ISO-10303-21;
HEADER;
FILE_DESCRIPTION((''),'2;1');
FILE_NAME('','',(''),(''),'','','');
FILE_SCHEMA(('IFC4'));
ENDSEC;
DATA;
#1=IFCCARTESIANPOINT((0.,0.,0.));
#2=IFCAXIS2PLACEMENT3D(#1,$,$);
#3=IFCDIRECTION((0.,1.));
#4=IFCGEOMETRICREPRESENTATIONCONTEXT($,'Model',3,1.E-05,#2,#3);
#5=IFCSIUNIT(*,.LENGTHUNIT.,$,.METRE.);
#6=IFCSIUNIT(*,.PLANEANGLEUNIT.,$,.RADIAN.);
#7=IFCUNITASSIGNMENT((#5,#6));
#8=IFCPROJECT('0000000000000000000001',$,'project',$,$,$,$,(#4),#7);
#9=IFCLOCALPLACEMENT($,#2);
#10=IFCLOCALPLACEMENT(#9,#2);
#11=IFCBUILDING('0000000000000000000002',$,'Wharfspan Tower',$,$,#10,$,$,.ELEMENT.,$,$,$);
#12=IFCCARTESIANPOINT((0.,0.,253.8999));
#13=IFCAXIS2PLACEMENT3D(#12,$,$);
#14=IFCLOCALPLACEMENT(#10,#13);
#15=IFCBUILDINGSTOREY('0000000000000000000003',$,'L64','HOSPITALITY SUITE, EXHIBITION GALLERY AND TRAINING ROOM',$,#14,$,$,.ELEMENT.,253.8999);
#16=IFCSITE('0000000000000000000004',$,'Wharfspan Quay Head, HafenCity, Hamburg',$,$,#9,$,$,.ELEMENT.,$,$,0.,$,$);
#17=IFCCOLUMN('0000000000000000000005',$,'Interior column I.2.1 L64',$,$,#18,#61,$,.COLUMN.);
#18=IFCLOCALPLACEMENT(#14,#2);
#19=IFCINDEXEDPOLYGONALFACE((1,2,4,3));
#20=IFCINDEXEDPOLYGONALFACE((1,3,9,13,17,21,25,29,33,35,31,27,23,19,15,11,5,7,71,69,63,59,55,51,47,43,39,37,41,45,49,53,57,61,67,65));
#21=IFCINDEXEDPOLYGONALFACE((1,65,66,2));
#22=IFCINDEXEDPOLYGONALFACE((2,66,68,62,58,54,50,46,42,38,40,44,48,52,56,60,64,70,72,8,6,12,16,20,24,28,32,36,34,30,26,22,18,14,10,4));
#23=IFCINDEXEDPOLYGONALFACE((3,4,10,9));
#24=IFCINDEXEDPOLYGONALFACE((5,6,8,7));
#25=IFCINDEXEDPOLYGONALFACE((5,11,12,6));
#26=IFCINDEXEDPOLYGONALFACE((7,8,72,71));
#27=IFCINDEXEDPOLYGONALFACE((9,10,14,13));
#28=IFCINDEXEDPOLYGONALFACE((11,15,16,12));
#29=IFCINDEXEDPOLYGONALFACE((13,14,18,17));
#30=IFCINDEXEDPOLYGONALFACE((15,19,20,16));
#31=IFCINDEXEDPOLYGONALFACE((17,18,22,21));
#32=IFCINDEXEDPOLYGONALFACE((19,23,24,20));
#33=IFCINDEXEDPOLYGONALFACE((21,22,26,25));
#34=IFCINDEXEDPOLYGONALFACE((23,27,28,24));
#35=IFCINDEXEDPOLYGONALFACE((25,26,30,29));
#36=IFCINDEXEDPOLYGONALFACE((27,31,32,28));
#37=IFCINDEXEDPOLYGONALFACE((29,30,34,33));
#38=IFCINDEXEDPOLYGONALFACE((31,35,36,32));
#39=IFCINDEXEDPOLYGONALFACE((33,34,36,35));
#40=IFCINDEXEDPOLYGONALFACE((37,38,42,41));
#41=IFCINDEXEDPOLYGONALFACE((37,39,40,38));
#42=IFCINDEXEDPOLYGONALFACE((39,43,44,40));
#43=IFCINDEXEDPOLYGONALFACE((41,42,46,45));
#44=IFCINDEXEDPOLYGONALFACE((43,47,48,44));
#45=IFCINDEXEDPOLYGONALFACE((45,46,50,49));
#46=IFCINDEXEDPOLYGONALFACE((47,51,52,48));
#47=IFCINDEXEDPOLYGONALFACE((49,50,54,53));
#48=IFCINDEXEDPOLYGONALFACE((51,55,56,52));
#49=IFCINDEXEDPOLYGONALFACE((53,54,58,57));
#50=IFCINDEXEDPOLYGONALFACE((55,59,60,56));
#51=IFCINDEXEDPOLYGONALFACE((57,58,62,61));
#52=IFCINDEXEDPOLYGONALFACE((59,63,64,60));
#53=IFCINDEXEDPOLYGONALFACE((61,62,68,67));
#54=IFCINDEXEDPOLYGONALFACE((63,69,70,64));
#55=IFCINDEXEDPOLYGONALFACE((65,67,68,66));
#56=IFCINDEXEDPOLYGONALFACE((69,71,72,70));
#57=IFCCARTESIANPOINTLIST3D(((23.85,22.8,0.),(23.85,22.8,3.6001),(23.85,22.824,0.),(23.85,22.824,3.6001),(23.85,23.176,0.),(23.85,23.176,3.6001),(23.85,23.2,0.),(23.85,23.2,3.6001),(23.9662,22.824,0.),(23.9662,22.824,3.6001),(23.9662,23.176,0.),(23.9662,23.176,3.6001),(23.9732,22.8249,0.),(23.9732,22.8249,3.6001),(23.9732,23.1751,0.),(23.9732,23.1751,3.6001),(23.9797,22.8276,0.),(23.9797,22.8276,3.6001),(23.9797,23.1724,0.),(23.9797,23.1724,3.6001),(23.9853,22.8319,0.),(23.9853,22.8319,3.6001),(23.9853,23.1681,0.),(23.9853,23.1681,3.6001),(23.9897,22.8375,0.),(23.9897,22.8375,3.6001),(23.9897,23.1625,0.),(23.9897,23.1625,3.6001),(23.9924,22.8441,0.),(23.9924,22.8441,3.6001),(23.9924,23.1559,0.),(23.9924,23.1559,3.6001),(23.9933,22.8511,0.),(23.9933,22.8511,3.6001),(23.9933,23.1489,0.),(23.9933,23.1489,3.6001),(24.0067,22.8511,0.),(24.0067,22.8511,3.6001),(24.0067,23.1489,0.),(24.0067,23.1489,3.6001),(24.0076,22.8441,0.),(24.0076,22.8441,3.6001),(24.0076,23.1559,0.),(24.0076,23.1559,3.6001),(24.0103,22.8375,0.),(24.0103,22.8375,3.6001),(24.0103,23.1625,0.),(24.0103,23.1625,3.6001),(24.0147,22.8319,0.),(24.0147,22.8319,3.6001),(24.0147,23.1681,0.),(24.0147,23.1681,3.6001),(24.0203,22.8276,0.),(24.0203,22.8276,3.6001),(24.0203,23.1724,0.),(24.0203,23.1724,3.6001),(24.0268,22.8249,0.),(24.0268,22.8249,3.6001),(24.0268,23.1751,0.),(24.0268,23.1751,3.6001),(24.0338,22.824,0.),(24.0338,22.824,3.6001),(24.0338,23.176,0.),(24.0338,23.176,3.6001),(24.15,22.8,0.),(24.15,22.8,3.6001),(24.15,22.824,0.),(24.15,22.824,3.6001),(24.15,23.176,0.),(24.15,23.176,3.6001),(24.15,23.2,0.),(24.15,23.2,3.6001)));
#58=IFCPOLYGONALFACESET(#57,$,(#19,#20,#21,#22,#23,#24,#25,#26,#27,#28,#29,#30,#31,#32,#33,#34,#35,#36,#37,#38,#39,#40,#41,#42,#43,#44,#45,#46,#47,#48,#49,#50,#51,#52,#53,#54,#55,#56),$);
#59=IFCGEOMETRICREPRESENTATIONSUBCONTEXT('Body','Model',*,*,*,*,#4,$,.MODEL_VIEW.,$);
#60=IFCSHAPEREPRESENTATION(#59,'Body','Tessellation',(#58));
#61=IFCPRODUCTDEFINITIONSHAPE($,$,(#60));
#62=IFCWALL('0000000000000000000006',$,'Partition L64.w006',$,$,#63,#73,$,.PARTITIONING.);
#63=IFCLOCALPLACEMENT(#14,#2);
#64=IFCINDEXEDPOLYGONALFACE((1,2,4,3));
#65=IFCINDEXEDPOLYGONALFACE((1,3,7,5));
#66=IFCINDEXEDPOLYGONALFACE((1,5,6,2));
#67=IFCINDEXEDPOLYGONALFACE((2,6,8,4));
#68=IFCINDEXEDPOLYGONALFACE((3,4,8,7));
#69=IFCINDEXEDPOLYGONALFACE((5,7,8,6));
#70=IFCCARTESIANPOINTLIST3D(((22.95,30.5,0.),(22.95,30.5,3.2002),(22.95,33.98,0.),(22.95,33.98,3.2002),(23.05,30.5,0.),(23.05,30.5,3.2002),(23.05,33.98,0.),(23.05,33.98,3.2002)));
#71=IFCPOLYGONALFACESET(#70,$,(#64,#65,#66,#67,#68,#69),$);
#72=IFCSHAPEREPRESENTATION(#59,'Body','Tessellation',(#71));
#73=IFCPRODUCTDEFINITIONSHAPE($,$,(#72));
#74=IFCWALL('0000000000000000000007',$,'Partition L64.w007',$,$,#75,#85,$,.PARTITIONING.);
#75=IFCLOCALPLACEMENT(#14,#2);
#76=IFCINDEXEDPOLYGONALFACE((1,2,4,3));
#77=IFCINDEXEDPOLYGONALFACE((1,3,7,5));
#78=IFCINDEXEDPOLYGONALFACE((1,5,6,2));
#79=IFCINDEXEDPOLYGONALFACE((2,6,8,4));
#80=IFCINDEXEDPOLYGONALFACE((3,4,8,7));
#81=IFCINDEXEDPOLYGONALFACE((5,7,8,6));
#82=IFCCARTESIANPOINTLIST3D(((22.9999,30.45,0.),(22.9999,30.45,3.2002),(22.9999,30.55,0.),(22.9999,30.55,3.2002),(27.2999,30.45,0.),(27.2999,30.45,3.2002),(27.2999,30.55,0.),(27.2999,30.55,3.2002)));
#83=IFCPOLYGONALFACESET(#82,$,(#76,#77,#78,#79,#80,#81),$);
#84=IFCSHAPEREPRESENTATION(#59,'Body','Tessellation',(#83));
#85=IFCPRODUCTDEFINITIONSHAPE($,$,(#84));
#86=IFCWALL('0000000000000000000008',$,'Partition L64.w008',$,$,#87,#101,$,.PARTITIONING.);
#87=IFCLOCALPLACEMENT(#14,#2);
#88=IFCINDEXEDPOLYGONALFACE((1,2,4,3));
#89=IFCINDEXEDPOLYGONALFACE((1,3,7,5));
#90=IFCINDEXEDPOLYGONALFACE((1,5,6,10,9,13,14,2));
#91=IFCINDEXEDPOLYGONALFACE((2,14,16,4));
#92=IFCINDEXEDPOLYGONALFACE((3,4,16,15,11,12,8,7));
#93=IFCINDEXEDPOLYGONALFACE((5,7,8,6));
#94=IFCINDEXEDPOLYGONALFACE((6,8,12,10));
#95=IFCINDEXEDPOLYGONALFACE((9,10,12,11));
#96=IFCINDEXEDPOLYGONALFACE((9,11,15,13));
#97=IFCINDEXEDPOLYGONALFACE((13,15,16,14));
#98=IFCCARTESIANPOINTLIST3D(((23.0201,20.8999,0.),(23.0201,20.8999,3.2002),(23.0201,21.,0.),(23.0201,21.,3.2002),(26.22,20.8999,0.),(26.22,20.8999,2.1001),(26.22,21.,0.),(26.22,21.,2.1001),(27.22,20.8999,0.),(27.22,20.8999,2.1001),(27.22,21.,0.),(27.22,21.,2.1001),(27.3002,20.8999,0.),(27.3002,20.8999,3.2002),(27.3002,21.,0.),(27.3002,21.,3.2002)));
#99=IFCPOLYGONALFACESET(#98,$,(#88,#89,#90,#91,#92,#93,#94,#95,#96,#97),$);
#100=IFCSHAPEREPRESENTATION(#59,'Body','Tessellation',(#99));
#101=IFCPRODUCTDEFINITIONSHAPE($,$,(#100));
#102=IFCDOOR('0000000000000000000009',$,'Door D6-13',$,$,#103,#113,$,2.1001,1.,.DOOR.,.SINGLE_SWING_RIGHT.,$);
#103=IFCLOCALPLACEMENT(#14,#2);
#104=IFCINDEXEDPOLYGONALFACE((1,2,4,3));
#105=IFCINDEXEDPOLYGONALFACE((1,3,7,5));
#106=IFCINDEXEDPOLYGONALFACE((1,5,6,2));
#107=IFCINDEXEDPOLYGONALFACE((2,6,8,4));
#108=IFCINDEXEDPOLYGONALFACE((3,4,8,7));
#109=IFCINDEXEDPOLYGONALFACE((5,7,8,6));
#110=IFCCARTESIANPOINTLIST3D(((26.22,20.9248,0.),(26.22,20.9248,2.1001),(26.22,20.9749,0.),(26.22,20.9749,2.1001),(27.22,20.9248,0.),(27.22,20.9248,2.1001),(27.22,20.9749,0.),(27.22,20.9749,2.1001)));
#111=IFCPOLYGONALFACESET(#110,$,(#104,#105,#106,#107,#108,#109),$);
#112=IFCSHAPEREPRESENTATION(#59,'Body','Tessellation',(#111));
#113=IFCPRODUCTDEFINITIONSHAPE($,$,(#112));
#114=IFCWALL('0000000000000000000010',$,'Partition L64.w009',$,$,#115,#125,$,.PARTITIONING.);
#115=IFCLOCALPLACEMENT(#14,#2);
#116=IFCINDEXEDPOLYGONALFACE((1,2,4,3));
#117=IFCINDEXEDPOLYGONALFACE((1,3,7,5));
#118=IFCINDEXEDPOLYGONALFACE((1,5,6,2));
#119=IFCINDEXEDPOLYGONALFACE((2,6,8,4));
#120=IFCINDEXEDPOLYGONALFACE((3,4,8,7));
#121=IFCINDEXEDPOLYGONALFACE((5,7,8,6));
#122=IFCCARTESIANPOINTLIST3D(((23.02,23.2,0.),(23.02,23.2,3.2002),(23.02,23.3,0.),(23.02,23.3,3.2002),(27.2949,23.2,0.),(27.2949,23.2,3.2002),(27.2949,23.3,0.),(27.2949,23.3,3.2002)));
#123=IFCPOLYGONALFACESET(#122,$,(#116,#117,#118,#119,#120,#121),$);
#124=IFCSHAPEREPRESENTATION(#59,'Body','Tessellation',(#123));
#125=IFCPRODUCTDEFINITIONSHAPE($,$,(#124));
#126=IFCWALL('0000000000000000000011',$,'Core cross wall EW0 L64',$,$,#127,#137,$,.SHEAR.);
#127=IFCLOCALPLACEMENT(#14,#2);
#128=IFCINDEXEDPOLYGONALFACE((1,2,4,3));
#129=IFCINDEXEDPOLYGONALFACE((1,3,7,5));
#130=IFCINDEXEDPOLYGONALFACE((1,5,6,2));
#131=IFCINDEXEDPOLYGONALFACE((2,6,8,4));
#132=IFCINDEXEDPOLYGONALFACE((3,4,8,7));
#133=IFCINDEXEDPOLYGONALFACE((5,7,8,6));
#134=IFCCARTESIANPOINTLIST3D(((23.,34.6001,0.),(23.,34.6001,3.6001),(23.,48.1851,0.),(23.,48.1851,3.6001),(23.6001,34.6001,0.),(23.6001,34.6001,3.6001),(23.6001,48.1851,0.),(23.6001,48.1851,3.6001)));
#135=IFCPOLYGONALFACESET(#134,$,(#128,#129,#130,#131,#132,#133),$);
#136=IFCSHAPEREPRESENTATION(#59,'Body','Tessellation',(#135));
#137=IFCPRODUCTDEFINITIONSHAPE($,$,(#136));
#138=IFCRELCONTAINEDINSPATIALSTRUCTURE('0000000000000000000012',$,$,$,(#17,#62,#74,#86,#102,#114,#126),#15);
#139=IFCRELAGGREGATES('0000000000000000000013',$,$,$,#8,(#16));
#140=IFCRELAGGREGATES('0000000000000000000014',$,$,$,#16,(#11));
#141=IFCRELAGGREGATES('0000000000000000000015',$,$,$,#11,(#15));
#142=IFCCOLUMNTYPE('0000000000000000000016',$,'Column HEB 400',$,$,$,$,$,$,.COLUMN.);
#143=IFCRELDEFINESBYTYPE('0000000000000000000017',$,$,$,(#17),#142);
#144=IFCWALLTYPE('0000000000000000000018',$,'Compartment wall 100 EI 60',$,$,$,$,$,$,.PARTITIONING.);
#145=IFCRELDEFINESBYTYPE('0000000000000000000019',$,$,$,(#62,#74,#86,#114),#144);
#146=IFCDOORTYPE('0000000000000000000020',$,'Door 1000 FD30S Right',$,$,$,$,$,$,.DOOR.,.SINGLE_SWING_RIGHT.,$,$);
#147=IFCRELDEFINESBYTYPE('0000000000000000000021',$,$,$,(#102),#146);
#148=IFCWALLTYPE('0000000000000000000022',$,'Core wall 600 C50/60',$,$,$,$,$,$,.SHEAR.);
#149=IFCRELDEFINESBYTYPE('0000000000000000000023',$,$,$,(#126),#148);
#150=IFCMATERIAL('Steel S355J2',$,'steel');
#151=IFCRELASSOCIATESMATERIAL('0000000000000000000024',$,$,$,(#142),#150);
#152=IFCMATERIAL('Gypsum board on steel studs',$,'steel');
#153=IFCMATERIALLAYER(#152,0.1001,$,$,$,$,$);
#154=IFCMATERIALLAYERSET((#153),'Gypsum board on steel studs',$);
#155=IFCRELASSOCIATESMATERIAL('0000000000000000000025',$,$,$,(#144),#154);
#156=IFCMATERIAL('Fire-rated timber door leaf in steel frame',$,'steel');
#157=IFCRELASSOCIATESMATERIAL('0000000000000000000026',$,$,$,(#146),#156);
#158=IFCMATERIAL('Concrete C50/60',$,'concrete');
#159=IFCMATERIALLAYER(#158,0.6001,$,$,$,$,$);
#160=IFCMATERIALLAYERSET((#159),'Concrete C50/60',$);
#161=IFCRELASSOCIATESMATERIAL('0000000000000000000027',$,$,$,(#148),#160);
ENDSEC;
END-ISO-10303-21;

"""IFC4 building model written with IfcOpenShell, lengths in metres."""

from ifc_helpers import new_model, si_unit, direction, frame, frame_2d, origin, origin_2d, place, context, subcontext, project, spatial, rectangle, i_section, extrude, material, layer, layer_set, material_profile, profile_set, type_object, element, fill, save


model = new_model("IFC4")

# Units and contexts
model_context = context("Model", 3, precision=1e-05, world=origin(), true_north=direction((0.0, 1.0)))
body_context = subcontext(model_context, "Body", "Model", "MODEL_VIEW")
ifc_project = project(units=[si_unit("LENGTHUNIT", "METRE"), si_unit("PLANEANGLEUNIT", "RADIAN")], contexts=[model_context])

# Site, building, storey
site_placement = place(None, origin())
site = spatial("IfcSite", under=ifc_project, at=site_placement, Name="Wharfspan Quay Head, HafenCity, Hamburg", CompositionType="ELEMENT", RefElevation=0.0)
building_placement = place(site_placement, origin())
building = spatial("IfcBuilding", under=site, at=building_placement, Name="Wharfspan Tower", CompositionType="ELEMENT")
storey_placement = place(building_placement, frame((0.0, 0.0, 253.8999)))
storey = spatial("IfcBuildingStorey", under=building, at=storey_placement, Name="L64", Description="HOSPITALITY SUITE, EXHIBITION GALLERY AND TRAINING ROOM", CompositionType="ELEMENT", Elevation=253.8999)

# Column
ifc_material_1 = material(Name="Steel S355J2", Category="steel")
ifc_material_profile = material_profile(ifc_material_1, i_section(OverallWidth=0.3, OverallDepth=0.3999, WebThickness=0.0134, FlangeThickness=0.0239, FilletRadius=0.0271, at=origin_2d()))
ifc_profile_set = profile_set([ifc_material_profile], Name="Steel S355J2")
column_type = type_object("IfcColumnType", Name="Column HEB 400", PredefinedType="COLUMN", material=ifc_profile_set)
column_placement = place(storey_placement, frame((24.0, 23.0, 0.0), z_axis=(0.0, 0.0, 1.0), x_axis=(1.0, 0.0, 0.0)))
element("IfcColumn", 1, at=column_placement, inside=storey, type_object=column_type, Name="Interior column I.2.1 L64", PredefinedType="COLUMN", context=body_context, shape_type="SweptSolid", body=[
    extrude(i_section(OverallWidth=0.3, OverallDepth=0.3999, WebThickness=0.0134, FlangeThickness=0.0239, FilletRadius=0.0271, at=origin_2d()), origin(), (0.0, 0.0, 1.0), 3.6001),
])

# Walls
ifc_material_2 = material(Name="Gypsum board on steel studs", Category="steel")
ifc_layer_1 = layer(ifc_material_2, 0.1001)
ifc_layer_set_1 = layer_set([ifc_layer_1], Name="Gypsum board on steel studs")
wall_type_1 = type_object("IfcWallType", Name="Compartment wall 100 EI 60", PredefinedType="PARTITIONING", material=ifc_layer_set_1)
wall_1_placement = place(storey_placement, frame((23.0, 30.5, 0.0), z_axis=(0.0, 0.0, 1.0), x_axis=(0.0, 1.0, 0.0)))
element("IfcWall", 2, at=wall_1_placement, inside=storey, type_object=wall_type_1, Name="Partition L64.w006", PredefinedType="PARTITIONING", context=body_context, shape_type="SweptSolid", body=[
    extrude(rectangle(XDim=3.48, YDim=0.1001, at=frame_2d((1.74, 0.0))), origin(), (0.0, 0.0, 1.0), 3.2002),
])
wall_2_placement = place(storey_placement, frame((23.0, 30.5, 0.0), z_axis=(0.0, 0.0, 1.0), x_axis=(1.0, 0.0, 0.0)))
element("IfcWall", 3, at=wall_2_placement, inside=storey, type_object=wall_type_1, Name="Partition L64.w007", PredefinedType="PARTITIONING", context=body_context, shape_type="SweptSolid", body=[
    extrude(rectangle(XDim=4.3, YDim=0.1001, at=frame_2d((2.1499, 0.0))), origin(), (0.0, 0.0, 1.0), 3.2002),
])

# Wall, opening, door
wall_3_placement = place(storey_placement, frame((23.02, 20.95, 0.0), z_axis=(0.0, 0.0, 1.0), x_axis=(1.0, 0.0, 0.0)))
wall_3 = element("IfcWall", 4, at=wall_3_placement, inside=storey, type_object=wall_type_1, Name="Partition L64.w008", PredefinedType="PARTITIONING", context=body_context, shape_type="SweptSolid", body=[
    extrude(rectangle(XDim=4.28, YDim=0.1001, at=frame_2d((2.1401, 0.0))), origin(), (0.0, 0.0, 1.0), 3.2002),
])
opening_1_placement = place(wall_3_placement, frame((3.2, 0.0, 0.0)))
opening_1 = element("IfcOpeningElement", 5, at=opening_1_placement, cuts=wall_3, PredefinedType="OPENING", context=body_context, shape_type="SweptSolid", body=[
    extrude(rectangle(XDim=1.0, YDim=2.1001, at=frame_2d((0.5, 1.05))), frame((0.0, 0.0601, 0.0), z_axis=(0.0, -1.0, 0.0), x_axis=(1.0, 0.0, 0.0)), (0.0, 0.0, 1.0), 0.1201),
])
ifc_material_3 = material(Name="Fire-rated timber door leaf in steel frame", Category="steel")
door_type_1 = type_object("IfcDoorType", Name="Door 1000 FD30S Right", OperationType="SINGLE_SWING_RIGHT", PredefinedType="DOOR", material=ifc_material_3)
door_1_placement = place(opening_1_placement, origin())
door_1 = element("IfcDoor", 6, at=door_1_placement, inside=storey, type_object=door_type_1, Name="Door D6-13", OperationType="SINGLE_SWING_RIGHT", OverallHeight=2.1001, OverallWidth=1.0, PredefinedType="DOOR", context=body_context, shape_type="SweptSolid", body=[
    extrude(rectangle(XDim=1.0, YDim=2.1001, at=frame_2d((0.5, 1.05))), frame((0.0, 0.0249, 0.0), z_axis=(0.0, -1.0, 0.0), x_axis=(1.0, 0.0, 0.0)), (0.0, 0.0, 1.0), 0.05),
])
fill(opening_1, door_1)

# Wall
wall_4_placement = place(storey_placement, frame((23.02, 23.25, 0.0), z_axis=(0.0, 0.0, 1.0), x_axis=(1.0, 0.0, 0.0)))
element("IfcWall", 7, at=wall_4_placement, inside=storey, type_object=wall_type_1, Name="Partition L64.w009", PredefinedType="PARTITIONING", context=body_context, shape_type="SweptSolid", body=[
    extrude(rectangle(XDim=4.2749, YDim=0.1001, at=frame_2d((2.1375, 0.0))), origin(), (0.0, 0.0, 1.0), 3.2002),
])

# Shared definitions
ifc_material_4 = material(Name="Concrete C50/60", Category="concrete")
ifc_layer_2 = layer(ifc_material_4, 0.6001)
ifc_layer_set_2 = layer_set([ifc_layer_2], Name="Concrete C50/60")
wall_type_2 = type_object("IfcWallType", Name="Core wall 600 C50/60", PredefinedType="SHEAR", material=ifc_layer_set_2)

# Wall
wall_5_placement = place(storey_placement, frame((23.3, 34.6001, 0.0), z_axis=(0.0, 0.0, 1.0), x_axis=(0.0, 1.0, 0.0)))
element("IfcWall", 8, at=wall_5_placement, inside=storey, type_object=wall_type_2, Name="Core cross wall EW0 L64", PredefinedType="SHEAR", context=body_context, shape_type="SweptSolid", body=[
    extrude(rectangle(XDim=13.585, YDim=0.6001, at=frame_2d((6.7925, 0.0))), origin(), (0.0, 0.0, 1.0), 3.6001),
])

save(model, "model.ifc")
